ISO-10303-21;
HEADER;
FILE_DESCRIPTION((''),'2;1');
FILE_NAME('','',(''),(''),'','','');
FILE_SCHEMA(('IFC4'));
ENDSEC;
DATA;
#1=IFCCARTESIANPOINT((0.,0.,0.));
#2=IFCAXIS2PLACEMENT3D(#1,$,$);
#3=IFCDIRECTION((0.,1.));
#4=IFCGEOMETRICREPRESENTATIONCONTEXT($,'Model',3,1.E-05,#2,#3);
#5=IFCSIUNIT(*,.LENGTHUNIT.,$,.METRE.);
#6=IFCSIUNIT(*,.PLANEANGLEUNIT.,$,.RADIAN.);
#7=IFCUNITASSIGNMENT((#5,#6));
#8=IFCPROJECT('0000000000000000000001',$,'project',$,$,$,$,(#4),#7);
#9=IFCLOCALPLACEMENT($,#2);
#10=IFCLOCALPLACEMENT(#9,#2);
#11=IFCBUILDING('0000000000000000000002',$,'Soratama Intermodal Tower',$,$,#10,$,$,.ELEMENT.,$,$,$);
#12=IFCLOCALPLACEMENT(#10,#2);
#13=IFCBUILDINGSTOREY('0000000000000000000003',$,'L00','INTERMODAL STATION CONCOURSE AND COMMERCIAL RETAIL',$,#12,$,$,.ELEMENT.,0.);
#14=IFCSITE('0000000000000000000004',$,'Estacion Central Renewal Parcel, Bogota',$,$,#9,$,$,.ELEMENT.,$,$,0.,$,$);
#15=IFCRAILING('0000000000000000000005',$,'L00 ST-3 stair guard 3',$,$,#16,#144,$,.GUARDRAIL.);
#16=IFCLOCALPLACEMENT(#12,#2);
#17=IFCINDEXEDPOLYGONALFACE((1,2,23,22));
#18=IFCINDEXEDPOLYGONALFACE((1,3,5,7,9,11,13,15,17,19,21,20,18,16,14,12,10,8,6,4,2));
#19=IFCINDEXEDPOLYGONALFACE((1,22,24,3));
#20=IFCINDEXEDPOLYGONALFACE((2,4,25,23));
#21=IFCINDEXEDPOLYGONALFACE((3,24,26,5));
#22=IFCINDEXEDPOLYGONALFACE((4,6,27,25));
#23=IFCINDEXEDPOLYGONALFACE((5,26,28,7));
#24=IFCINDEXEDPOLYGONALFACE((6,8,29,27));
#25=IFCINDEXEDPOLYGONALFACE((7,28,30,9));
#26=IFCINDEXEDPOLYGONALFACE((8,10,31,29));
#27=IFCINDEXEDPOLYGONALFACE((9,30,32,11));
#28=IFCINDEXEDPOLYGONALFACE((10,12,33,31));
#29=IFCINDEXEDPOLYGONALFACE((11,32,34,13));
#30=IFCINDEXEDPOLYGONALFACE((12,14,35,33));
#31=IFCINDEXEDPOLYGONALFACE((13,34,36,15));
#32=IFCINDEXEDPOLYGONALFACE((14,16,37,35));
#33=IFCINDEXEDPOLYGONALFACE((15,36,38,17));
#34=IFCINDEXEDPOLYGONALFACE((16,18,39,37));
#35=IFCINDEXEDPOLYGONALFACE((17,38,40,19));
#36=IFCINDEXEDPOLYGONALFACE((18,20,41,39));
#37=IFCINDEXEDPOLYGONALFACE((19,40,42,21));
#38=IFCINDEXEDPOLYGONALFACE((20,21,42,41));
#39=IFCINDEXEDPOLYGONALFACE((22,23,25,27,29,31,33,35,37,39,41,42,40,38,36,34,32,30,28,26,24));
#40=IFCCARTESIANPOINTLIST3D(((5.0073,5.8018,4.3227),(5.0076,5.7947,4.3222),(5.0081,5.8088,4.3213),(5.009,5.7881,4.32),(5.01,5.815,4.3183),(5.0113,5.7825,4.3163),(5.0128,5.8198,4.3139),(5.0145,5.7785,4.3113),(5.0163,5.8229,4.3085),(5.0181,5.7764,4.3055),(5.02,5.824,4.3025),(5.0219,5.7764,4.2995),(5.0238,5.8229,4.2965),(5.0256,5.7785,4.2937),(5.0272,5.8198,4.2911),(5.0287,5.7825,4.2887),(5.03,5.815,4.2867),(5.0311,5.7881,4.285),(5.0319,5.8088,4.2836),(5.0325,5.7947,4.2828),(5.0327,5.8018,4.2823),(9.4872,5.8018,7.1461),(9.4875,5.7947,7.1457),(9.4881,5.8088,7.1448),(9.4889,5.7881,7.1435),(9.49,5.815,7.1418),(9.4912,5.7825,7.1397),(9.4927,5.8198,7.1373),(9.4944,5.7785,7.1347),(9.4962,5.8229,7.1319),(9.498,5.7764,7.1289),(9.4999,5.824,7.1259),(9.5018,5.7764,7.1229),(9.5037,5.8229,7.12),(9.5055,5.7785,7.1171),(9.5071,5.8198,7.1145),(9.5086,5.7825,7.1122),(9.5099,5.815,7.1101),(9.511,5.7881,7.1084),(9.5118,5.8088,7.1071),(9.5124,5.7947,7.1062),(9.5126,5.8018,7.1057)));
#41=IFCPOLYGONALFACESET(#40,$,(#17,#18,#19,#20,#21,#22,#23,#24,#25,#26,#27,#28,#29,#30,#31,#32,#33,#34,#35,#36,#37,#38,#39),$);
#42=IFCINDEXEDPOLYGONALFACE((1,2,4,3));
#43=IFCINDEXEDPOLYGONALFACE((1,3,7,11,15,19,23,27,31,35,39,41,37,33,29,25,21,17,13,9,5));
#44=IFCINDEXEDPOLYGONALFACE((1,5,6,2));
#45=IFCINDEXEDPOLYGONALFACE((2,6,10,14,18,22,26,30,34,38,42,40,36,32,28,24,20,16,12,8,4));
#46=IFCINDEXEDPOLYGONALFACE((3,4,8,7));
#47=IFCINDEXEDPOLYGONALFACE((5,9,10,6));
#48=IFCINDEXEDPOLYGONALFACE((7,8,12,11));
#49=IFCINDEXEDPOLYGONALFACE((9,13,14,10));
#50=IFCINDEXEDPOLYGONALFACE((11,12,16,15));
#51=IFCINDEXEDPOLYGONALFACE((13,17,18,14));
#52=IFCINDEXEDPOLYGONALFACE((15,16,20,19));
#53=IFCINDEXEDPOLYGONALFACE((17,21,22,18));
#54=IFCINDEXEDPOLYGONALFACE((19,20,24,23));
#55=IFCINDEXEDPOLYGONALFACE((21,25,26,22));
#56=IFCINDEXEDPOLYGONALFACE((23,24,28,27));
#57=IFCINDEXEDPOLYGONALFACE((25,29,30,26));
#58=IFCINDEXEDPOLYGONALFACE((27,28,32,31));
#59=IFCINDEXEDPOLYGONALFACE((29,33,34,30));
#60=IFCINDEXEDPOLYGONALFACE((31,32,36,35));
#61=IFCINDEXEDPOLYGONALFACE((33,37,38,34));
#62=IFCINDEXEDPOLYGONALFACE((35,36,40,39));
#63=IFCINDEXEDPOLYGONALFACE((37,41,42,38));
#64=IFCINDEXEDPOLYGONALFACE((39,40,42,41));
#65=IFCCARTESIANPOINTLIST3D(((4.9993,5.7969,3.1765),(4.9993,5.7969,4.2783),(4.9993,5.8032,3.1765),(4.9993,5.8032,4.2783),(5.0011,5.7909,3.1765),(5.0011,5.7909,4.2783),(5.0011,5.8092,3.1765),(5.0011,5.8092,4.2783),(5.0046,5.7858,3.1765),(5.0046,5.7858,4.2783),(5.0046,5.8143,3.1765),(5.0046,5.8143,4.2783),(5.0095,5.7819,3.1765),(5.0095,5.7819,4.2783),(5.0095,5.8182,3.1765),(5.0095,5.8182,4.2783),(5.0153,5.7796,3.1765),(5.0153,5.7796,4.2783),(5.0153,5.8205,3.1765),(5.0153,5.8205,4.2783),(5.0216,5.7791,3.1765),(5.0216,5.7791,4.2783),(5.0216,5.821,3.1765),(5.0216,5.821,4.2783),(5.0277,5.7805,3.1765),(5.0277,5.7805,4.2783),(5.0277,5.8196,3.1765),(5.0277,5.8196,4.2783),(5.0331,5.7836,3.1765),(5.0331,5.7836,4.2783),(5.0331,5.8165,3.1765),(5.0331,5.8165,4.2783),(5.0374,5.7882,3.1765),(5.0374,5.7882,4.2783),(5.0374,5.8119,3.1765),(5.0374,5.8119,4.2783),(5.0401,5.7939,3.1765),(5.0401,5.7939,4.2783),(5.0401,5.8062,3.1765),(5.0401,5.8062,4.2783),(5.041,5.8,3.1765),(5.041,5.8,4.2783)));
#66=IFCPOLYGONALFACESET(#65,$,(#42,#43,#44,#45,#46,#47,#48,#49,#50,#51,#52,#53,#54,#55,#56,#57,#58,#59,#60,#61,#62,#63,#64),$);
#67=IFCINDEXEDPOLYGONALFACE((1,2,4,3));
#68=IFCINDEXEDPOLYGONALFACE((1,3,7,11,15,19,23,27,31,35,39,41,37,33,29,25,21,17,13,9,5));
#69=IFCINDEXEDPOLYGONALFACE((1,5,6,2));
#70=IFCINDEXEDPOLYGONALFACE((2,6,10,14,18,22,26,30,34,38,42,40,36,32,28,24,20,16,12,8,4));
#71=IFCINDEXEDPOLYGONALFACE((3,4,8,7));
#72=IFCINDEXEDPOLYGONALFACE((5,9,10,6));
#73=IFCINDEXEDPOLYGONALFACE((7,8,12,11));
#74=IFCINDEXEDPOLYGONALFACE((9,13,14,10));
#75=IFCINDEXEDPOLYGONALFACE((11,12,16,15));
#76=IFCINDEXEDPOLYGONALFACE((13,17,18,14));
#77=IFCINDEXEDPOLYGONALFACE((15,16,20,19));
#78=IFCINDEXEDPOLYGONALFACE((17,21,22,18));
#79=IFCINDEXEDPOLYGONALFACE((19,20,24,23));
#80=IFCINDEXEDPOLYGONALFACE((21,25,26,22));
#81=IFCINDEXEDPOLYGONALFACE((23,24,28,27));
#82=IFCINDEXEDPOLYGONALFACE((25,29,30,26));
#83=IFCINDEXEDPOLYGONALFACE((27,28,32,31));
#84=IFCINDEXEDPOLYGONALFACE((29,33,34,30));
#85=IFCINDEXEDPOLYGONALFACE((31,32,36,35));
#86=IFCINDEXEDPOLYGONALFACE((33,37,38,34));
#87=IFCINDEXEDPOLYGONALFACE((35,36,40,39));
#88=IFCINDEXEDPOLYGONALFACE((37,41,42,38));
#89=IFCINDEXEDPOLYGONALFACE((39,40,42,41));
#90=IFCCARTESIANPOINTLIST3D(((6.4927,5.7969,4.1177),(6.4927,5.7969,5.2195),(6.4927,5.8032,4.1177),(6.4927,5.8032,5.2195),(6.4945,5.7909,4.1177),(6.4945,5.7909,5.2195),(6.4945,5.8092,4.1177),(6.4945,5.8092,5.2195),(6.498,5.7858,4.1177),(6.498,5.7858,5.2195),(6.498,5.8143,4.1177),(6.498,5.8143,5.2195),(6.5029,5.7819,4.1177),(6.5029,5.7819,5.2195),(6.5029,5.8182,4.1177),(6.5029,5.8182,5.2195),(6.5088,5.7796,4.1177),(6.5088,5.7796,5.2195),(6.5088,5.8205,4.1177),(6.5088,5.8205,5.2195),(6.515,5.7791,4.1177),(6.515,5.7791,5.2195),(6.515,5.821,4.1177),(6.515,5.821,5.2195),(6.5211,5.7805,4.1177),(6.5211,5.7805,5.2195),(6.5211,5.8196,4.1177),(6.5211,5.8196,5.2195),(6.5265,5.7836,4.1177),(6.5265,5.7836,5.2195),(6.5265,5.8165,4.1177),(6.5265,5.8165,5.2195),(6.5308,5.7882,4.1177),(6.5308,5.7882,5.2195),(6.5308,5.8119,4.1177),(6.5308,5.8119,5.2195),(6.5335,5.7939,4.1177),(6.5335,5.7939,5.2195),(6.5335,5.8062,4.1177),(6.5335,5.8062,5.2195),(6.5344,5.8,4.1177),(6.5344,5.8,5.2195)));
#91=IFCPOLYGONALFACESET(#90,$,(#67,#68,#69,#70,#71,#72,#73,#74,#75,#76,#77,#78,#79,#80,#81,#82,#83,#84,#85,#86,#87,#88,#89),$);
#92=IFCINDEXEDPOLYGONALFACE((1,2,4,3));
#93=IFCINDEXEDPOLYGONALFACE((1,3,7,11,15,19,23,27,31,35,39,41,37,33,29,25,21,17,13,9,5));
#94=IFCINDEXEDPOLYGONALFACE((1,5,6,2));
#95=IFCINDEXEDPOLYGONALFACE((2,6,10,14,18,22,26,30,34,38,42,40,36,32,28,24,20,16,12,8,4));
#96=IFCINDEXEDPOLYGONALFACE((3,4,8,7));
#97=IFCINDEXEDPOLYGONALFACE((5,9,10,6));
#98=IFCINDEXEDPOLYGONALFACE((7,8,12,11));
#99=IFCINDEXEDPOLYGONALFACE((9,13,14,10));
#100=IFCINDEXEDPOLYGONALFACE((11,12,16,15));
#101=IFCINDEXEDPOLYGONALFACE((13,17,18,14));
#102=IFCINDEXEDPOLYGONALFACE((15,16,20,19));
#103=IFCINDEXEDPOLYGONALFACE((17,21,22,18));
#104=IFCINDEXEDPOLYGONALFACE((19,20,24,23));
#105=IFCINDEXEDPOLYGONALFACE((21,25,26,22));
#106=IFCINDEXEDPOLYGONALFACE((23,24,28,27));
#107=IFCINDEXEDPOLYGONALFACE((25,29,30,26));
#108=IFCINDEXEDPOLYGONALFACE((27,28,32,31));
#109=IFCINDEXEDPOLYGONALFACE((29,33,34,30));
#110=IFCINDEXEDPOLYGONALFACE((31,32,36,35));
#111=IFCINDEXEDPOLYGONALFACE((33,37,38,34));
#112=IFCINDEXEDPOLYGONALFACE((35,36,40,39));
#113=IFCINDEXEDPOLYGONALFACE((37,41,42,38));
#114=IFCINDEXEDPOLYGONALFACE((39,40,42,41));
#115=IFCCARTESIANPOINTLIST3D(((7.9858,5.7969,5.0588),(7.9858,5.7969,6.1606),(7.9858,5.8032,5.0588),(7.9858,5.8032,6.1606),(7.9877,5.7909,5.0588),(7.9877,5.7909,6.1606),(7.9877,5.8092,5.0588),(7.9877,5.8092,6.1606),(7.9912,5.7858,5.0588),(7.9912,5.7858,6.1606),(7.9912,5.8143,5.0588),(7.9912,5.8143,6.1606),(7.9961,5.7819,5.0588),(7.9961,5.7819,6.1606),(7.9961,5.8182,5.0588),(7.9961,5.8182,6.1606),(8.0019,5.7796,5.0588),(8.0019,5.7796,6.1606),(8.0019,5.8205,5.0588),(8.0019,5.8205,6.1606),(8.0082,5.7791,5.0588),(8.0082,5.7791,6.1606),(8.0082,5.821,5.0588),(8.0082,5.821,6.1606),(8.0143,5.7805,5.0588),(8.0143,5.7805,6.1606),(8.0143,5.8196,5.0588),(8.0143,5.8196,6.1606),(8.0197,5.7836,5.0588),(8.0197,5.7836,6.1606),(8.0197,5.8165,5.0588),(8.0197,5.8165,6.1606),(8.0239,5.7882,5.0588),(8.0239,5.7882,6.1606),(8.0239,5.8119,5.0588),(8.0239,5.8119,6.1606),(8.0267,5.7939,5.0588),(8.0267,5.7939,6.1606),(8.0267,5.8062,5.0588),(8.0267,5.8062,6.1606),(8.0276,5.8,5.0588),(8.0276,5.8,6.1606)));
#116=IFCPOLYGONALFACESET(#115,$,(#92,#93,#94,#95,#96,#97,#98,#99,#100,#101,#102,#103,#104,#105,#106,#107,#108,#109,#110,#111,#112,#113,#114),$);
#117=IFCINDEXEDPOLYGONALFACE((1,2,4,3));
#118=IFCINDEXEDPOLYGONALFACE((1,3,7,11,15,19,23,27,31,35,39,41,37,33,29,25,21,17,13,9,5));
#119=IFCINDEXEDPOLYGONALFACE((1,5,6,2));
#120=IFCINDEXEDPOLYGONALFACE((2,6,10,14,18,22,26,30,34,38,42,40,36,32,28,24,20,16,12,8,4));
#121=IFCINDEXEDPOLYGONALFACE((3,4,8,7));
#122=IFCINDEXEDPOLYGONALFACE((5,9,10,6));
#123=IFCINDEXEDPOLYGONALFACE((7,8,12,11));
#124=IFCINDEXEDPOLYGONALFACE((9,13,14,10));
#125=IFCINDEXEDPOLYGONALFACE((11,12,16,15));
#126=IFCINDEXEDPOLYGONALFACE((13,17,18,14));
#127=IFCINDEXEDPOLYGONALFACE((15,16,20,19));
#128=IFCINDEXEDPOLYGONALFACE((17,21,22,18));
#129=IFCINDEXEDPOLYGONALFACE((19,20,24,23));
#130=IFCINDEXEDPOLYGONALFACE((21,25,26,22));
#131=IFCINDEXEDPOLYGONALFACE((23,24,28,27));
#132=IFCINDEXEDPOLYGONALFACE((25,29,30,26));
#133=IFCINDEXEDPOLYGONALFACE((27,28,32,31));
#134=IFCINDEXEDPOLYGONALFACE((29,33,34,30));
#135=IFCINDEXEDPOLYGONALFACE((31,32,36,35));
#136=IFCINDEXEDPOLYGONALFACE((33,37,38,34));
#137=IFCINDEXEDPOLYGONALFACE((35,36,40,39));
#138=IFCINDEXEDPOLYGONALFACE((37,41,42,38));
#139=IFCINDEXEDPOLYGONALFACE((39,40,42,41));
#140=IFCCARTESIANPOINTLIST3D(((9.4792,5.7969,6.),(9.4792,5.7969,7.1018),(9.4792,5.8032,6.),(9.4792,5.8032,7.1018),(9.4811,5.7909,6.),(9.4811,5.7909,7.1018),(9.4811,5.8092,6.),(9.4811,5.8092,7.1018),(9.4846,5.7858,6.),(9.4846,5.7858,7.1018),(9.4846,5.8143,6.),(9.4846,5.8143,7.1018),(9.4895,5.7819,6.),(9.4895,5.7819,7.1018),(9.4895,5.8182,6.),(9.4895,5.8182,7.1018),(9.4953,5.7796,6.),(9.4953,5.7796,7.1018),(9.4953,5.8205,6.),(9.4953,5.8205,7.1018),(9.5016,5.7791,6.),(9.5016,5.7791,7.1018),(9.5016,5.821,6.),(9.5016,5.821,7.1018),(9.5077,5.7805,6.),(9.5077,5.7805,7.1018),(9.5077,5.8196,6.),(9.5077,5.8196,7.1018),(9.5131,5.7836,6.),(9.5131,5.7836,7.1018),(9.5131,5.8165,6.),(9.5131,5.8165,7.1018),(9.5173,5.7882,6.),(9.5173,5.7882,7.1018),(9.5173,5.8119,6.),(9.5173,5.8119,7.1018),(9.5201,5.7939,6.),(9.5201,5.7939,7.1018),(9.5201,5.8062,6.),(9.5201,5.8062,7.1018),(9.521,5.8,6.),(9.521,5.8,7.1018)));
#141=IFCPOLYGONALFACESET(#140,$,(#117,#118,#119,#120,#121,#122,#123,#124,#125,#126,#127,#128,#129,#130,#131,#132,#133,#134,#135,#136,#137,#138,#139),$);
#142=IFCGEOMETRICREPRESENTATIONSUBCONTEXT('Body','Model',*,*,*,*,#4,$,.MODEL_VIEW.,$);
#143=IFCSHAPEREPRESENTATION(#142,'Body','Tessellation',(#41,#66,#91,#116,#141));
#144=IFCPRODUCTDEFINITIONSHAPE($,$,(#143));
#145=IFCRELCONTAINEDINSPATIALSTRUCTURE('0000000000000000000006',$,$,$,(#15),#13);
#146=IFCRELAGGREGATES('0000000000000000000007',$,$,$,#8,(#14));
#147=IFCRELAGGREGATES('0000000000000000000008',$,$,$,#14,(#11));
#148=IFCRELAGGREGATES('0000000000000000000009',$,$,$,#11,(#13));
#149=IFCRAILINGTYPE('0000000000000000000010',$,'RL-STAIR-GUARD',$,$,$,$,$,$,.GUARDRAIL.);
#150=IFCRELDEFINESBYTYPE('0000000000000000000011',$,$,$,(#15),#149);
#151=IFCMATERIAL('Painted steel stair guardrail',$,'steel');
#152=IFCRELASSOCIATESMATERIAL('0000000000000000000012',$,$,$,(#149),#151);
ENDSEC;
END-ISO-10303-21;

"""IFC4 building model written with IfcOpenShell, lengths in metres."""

from ifc_helpers import new_model, si_unit, direction, frame, origin, origin_2d, place, context, subcontext, project, spatial, circle, extrude, material, type_object, element, save


model = new_model("IFC4")

# Units and contexts
model_context = context("Model", 3, precision=1e-05, world=origin(), true_north=direction((0.0, 1.0)))
body_context = subcontext(model_context, "Body", "Model", "MODEL_VIEW")
ifc_project = project(units=[si_unit("LENGTHUNIT", "METRE"), si_unit("PLANEANGLEUNIT", "RADIAN")], contexts=[model_context])

# Site, building, storey
site_placement = place(None, origin())
site = spatial("IfcSite", under=ifc_project, at=site_placement, Name="Estacion Central Renewal Parcel, Bogota", CompositionType="ELEMENT", RefElevation=0.0)
building_placement = place(site_placement, origin())
building = spatial("IfcBuilding", under=site, at=building_placement, Name="Soratama Intermodal Tower", CompositionType="ELEMENT")
storey_placement = place(building_placement, origin())
storey = spatial("IfcBuildingStorey", under=building, at=storey_placement, Name="L00", Description="INTERMODAL STATION CONCOURSE AND COMMERCIAL RETAIL", CompositionType="ELEMENT", Elevation=0.0)

# Railing
ifc_material_1 = material(Name="Painted steel stair guardrail", Category="steel")
railing_type_1 = type_object("IfcRailingType", Name="RL-STAIR-GUARD", PredefinedType="GUARDRAIL", material=ifc_material_1)
railing_1_placement = place(storey_placement, frame((5.02, 5.8, 3.1765)))
element("IfcRailing", 1, at=railing_1_placement, inside=storey, type_object=railing_type_1, Name="L00 ST-3 stair guard 3", PredefinedType="GUARDRAIL", context=body_context, shape_type="SweptSolid", body=[
    extrude(circle(Radius=0.0239, at=origin_2d()), frame((0.0, 0.0, 1.126), z_axis=(0.845998, 0.0, 0.533186), x_axis=(0.0, 1.0, 0.0)), (0.0, 0.0, 1.0), 5.2954),
    extrude(circle(Radius=0.021, at=origin_2d()), origin(), (0.0, 0.0, 1.0), 1.1018),
    extrude(circle(Radius=0.021, at=origin_2d()), frame((1.4934, 0.0, 0.9412)), (0.0, 0.0, 1.0), 1.1018),
    extrude(circle(Radius=0.021, at=origin_2d()), frame((2.9866, 0.0, 1.8823)), (0.0, 0.0, 1.0), 1.1018),
    extrude(circle(Radius=0.021, at=origin_2d()), frame((4.48, 0.0, 2.8235)), (0.0, 0.0, 1.0), 1.1018),
])

save(model, "model.ifc")
